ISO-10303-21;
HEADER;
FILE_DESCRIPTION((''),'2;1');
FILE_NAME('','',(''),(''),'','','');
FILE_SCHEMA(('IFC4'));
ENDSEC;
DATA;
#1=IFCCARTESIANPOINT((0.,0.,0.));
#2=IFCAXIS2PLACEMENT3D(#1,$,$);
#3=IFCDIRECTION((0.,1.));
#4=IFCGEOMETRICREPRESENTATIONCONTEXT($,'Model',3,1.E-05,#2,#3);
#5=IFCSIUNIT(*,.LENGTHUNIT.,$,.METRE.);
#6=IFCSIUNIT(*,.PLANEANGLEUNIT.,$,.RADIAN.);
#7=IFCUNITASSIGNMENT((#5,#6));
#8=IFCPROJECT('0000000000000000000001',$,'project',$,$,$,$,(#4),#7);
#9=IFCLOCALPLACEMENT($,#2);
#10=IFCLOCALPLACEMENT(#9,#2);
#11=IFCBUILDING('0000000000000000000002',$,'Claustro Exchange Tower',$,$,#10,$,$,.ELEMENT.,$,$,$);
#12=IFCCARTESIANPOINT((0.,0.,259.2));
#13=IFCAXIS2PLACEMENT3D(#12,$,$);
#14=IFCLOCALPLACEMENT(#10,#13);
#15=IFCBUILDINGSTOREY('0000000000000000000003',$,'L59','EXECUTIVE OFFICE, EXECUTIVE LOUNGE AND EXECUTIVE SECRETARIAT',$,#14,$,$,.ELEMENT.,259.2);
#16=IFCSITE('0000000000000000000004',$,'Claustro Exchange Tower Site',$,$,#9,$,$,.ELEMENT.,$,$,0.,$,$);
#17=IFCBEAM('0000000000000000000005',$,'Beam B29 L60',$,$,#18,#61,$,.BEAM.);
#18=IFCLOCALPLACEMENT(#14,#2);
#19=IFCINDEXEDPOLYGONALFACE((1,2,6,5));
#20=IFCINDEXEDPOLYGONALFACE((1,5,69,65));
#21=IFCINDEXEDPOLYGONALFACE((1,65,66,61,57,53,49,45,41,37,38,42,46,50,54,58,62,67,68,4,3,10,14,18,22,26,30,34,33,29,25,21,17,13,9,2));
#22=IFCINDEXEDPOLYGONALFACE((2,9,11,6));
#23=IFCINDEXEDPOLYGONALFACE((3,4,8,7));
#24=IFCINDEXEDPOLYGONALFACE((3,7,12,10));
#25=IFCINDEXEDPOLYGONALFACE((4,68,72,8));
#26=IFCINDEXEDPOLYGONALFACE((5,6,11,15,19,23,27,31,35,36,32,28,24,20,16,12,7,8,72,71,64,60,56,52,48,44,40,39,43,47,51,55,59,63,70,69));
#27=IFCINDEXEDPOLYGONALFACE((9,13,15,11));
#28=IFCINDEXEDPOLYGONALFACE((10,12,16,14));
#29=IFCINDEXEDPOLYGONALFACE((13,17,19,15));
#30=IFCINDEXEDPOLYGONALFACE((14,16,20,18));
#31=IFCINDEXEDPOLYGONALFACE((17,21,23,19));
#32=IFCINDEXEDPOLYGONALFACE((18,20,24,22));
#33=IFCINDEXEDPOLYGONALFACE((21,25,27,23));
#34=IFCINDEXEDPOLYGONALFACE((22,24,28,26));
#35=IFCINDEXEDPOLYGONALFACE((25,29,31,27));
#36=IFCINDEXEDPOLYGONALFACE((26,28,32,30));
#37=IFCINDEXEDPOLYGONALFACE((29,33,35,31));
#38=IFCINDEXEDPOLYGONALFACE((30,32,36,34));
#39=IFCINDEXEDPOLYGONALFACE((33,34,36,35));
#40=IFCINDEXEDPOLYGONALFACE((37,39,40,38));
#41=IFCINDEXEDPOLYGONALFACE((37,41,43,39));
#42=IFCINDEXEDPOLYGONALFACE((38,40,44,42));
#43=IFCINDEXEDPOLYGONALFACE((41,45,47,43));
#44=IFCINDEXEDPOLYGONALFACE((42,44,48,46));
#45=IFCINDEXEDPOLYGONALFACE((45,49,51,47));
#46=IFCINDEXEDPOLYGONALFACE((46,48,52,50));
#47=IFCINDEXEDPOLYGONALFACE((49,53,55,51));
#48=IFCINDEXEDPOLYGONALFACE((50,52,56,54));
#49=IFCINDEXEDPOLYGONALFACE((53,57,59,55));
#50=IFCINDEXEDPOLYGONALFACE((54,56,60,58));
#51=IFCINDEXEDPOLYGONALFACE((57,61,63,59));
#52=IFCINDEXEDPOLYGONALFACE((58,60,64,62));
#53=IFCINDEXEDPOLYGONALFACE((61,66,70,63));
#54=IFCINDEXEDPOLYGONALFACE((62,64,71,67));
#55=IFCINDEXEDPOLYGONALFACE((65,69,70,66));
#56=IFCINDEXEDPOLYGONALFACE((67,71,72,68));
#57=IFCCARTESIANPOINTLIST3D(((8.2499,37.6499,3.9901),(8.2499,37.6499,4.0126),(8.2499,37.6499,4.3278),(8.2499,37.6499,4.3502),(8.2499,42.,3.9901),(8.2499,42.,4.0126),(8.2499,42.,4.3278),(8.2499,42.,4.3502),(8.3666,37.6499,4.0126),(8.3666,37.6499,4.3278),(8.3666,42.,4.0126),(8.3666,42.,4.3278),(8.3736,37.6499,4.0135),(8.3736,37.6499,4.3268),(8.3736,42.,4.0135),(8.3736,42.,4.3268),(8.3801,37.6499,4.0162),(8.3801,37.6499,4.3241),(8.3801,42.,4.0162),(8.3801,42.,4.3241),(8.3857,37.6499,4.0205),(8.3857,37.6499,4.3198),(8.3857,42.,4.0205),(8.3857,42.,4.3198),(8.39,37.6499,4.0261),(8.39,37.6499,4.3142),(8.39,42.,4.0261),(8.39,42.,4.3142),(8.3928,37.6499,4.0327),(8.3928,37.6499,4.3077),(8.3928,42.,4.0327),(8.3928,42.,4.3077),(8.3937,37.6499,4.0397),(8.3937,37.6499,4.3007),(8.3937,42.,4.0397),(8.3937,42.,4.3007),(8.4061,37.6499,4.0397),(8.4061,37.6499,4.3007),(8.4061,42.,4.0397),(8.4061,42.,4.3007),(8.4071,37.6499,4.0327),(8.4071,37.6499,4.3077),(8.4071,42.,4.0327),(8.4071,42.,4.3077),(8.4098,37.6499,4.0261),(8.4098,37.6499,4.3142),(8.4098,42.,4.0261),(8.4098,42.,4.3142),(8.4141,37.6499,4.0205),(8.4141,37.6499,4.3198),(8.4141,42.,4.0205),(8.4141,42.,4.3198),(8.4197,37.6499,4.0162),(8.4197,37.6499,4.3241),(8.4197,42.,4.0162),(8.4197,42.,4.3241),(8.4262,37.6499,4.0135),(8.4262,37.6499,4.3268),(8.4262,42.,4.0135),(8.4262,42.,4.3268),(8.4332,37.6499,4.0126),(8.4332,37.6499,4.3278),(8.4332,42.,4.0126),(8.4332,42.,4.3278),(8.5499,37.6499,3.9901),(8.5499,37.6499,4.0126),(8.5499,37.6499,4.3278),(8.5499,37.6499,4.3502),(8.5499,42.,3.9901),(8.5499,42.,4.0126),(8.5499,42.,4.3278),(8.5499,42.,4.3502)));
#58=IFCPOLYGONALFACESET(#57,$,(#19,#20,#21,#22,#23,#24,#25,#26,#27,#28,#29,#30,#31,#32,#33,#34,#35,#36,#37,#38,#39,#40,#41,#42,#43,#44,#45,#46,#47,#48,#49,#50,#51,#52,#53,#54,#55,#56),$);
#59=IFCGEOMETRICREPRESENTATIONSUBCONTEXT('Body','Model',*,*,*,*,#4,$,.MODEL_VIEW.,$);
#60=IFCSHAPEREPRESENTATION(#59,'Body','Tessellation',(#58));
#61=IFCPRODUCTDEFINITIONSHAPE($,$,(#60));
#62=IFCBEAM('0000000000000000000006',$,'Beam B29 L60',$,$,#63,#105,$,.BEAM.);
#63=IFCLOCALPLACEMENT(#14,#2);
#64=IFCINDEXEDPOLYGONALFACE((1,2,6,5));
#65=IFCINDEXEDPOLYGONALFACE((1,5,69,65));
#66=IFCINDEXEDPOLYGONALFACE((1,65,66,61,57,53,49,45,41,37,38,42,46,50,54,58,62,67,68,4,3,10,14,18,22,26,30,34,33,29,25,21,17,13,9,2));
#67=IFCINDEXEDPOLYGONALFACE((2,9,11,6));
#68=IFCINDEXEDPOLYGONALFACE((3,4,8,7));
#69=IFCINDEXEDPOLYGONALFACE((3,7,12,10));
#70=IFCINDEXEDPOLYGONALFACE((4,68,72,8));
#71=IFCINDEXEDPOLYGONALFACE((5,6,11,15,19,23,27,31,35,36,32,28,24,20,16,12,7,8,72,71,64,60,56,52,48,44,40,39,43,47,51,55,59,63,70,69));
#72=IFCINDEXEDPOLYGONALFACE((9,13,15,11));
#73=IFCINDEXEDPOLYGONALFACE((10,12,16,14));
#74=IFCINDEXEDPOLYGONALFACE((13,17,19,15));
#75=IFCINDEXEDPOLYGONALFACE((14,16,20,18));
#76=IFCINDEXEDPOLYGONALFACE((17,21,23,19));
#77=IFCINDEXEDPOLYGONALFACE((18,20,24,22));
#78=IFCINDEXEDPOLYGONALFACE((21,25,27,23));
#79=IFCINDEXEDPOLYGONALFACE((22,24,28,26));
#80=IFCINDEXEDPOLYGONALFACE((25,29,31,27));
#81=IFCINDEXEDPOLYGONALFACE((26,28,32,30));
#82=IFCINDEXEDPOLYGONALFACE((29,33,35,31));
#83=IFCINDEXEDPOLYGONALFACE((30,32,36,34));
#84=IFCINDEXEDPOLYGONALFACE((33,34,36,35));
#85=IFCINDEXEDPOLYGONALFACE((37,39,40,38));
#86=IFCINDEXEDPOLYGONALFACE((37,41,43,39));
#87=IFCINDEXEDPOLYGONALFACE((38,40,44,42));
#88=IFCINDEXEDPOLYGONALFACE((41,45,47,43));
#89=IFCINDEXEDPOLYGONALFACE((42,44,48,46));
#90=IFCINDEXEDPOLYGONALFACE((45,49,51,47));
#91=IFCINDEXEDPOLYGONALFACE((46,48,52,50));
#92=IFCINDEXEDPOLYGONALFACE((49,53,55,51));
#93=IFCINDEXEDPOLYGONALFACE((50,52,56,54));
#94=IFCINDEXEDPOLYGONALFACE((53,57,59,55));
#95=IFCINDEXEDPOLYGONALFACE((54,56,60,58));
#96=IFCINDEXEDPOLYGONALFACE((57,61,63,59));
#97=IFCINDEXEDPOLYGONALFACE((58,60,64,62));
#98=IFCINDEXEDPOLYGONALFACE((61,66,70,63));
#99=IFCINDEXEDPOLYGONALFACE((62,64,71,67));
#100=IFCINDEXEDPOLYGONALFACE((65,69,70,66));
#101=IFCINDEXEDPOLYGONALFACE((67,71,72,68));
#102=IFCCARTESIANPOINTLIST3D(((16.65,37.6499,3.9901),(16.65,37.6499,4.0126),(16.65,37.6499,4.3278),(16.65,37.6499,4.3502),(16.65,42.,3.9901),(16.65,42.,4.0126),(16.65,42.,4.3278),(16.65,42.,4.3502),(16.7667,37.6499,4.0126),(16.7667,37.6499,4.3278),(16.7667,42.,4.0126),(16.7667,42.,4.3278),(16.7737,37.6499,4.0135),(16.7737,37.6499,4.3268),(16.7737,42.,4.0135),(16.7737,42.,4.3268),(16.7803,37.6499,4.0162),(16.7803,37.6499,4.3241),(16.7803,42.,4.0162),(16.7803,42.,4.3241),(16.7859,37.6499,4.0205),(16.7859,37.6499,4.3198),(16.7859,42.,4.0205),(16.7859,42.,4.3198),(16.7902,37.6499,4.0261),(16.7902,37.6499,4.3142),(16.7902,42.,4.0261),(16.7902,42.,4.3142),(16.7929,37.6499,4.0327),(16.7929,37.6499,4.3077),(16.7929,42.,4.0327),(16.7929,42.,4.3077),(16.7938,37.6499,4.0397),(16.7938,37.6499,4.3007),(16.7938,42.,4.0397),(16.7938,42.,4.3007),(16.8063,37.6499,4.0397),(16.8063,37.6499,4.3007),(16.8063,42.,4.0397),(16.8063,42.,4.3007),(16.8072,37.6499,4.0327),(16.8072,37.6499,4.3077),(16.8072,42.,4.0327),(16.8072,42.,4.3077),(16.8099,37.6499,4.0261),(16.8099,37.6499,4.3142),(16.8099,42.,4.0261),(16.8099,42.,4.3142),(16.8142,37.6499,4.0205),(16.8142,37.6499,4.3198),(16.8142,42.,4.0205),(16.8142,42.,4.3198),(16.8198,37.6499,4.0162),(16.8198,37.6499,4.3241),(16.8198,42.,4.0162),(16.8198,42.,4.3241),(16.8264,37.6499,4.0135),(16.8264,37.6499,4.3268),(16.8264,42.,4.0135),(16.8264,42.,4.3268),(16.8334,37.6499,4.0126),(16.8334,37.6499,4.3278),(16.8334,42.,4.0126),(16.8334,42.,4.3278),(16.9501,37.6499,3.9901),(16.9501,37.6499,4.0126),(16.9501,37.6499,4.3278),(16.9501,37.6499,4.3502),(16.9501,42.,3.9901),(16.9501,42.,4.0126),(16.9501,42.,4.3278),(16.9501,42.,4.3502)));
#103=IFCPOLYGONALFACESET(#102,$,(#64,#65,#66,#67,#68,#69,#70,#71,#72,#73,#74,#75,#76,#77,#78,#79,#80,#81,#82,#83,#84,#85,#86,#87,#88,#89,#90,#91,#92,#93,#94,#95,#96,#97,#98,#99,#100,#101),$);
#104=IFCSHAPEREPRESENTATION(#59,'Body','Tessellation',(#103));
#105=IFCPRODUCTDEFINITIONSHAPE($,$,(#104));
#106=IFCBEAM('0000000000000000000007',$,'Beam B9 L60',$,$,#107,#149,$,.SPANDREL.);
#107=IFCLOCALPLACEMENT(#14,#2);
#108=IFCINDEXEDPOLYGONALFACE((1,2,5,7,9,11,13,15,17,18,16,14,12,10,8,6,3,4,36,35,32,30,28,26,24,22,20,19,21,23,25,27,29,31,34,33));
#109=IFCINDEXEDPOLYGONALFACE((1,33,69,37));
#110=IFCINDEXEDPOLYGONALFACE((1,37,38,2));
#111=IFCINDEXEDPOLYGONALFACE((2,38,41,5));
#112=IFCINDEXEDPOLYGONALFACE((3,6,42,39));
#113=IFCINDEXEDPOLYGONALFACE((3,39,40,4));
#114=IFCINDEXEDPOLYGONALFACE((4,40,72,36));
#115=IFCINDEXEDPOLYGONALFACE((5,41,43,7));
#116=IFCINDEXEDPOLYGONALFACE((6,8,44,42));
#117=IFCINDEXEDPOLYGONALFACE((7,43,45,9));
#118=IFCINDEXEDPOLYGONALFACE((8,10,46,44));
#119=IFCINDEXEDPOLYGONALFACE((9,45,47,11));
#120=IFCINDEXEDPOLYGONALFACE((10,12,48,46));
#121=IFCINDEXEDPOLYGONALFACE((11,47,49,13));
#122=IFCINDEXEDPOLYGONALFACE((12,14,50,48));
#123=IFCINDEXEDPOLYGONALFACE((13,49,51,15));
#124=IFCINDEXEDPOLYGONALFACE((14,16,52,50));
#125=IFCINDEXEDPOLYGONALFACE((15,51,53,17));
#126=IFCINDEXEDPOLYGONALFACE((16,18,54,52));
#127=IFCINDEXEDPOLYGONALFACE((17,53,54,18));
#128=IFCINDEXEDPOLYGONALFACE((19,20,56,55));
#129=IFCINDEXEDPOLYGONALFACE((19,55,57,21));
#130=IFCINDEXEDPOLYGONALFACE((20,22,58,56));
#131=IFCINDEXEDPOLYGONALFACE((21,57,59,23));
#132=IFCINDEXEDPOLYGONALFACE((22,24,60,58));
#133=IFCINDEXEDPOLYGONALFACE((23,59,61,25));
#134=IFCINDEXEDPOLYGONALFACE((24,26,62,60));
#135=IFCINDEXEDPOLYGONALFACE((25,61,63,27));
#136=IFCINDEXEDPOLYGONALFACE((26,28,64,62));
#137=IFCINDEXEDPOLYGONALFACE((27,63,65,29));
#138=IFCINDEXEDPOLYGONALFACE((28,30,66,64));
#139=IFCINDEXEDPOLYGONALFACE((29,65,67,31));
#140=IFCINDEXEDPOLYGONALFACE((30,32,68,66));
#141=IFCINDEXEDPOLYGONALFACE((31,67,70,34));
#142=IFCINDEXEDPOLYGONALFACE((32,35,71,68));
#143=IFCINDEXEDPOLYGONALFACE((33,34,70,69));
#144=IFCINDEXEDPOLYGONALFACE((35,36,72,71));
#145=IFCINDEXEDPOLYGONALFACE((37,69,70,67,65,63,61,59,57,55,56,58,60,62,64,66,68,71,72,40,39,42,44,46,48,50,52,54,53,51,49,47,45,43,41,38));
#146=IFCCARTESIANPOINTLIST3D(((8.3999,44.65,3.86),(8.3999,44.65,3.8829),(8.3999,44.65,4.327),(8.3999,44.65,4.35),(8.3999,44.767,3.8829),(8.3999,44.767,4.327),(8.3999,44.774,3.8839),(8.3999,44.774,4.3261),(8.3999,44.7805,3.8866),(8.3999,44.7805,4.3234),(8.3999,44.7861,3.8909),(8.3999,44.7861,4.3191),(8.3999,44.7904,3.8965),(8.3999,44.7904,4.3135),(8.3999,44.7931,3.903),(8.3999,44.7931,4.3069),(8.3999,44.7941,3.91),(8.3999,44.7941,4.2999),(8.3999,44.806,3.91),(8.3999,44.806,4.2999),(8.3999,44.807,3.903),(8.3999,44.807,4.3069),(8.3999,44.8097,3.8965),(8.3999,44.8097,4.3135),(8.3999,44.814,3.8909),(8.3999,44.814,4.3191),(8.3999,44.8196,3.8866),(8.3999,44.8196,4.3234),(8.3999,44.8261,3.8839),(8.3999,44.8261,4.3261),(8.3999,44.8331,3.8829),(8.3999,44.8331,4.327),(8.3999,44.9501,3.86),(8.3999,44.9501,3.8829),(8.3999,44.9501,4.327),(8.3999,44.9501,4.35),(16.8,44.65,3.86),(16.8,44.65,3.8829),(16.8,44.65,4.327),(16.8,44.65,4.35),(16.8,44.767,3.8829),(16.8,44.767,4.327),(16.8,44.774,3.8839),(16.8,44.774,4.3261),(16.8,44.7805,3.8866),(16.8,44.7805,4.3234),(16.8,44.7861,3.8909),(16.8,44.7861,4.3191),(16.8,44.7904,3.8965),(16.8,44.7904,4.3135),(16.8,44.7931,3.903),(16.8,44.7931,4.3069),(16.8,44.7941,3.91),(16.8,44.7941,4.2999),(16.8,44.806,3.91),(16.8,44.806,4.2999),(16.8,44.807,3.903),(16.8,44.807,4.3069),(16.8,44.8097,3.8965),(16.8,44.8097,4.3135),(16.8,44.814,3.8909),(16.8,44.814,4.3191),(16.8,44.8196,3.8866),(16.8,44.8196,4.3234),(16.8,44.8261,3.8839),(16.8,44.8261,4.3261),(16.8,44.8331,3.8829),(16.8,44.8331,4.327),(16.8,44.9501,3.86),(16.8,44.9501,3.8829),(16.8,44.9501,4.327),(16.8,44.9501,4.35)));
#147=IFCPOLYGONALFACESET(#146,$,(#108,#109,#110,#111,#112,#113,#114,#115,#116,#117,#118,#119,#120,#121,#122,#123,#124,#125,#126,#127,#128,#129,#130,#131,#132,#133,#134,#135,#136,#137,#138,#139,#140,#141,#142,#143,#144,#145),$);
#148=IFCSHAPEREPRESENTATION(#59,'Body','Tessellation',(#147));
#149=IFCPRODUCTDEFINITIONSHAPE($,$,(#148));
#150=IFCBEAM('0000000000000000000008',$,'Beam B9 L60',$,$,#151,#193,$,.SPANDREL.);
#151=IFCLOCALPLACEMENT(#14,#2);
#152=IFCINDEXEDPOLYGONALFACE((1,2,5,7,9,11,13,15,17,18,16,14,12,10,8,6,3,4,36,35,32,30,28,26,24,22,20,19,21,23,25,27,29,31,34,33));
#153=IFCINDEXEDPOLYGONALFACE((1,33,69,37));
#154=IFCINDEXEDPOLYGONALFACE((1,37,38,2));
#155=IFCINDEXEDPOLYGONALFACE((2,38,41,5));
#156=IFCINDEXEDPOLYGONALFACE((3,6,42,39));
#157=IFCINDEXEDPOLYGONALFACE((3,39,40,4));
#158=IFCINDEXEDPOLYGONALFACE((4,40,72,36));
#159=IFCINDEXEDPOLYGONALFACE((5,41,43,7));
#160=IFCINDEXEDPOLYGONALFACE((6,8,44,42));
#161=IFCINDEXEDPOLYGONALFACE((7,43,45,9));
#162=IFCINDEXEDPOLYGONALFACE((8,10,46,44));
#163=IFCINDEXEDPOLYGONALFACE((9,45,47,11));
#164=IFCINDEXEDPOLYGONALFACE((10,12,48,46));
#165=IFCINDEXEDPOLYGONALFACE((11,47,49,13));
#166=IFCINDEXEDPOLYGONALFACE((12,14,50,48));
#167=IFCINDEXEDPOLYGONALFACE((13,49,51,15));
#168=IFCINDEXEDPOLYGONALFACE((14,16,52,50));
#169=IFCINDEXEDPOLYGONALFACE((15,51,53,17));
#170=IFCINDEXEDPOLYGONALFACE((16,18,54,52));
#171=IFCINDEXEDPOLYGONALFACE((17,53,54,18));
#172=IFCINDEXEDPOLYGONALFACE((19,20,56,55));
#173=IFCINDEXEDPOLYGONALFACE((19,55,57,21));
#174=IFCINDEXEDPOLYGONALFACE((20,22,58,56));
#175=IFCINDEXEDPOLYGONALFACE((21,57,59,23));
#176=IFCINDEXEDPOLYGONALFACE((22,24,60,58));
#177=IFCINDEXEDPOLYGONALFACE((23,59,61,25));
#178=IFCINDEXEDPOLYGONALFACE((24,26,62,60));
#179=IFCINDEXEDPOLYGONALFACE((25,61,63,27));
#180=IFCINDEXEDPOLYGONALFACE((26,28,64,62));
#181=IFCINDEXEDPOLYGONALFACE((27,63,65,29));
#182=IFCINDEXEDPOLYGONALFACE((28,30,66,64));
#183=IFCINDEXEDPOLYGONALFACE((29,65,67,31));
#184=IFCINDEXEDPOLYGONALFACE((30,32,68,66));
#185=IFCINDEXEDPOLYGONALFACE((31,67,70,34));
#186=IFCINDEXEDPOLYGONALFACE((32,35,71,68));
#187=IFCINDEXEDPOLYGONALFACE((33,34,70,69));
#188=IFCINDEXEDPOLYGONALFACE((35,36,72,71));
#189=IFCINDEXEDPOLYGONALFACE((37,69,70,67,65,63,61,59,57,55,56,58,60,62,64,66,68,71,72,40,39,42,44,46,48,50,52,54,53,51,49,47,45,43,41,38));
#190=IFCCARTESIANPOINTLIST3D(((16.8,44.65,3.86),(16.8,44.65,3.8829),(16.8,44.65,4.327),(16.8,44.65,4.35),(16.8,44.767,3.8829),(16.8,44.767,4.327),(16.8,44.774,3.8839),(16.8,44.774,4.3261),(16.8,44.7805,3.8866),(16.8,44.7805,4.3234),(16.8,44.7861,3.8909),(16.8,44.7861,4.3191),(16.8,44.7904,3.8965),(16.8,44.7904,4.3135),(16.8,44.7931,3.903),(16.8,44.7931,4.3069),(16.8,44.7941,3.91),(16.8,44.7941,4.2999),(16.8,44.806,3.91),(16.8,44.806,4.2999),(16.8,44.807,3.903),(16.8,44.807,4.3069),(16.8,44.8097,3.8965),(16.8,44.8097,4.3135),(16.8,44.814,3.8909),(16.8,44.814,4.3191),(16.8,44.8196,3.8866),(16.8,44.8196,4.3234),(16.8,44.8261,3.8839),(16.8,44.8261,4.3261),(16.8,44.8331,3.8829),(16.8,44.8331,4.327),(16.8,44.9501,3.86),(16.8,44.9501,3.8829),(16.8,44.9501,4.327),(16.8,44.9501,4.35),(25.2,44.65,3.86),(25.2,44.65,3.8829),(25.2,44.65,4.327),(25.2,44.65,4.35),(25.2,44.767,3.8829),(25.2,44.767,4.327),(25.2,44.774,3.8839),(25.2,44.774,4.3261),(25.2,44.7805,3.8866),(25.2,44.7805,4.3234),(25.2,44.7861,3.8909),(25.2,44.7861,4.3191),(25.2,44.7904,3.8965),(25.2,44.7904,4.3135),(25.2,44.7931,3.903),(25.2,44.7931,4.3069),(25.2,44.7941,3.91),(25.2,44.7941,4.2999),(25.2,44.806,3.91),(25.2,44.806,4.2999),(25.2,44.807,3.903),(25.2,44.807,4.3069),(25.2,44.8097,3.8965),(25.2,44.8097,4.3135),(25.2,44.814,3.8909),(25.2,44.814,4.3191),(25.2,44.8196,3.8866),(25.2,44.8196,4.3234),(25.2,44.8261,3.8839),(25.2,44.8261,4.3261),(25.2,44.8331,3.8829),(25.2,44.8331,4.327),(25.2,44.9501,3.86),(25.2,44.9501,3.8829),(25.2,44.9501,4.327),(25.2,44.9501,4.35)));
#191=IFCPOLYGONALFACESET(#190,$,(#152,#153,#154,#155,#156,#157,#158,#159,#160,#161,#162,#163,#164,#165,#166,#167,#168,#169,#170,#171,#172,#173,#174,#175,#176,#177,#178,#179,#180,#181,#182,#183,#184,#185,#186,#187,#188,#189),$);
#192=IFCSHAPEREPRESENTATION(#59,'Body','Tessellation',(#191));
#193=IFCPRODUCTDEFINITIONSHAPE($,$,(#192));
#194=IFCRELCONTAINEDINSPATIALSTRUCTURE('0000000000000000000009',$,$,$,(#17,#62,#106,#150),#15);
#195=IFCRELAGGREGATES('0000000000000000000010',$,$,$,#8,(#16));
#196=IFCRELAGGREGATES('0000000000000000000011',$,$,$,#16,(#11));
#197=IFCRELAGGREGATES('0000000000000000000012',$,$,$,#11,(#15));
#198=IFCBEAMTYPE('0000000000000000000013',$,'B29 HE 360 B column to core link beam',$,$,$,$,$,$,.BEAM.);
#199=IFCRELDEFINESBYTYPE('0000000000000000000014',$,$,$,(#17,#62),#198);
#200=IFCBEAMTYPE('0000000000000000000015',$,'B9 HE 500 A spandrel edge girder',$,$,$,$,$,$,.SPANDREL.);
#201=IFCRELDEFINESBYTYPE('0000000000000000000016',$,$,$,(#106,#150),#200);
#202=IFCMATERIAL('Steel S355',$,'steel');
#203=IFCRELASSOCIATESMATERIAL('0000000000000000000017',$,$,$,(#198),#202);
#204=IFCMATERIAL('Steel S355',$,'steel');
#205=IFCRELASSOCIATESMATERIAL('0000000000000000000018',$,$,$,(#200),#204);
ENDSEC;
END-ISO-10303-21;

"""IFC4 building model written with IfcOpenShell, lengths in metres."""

from ifc_helpers import new_model, si_unit, direction, frame, origin, origin_2d, place, context, subcontext, project, spatial, i_section, extrude, material, material_profile, profile_set, type_object, element, save


model = new_model("IFC4")

# Units and contexts
model_context = context("Model", 3, precision=1e-05, world=origin(), true_north=direction((0.0, 1.0)))
body_context = subcontext(model_context, "Body", "Model", "MODEL_VIEW")
ifc_project = project(units=[si_unit("LENGTHUNIT", "METRE"), si_unit("PLANEANGLEUNIT", "RADIAN")], contexts=[model_context])

# Site, building, storey
site_placement = place(None, origin())
site = spatial("IfcSite", under=ifc_project, at=site_placement, Name="Claustro Exchange Tower Site", CompositionType="ELEMENT", RefElevation=0.0)
building_placement = place(site_placement, origin())
building = spatial("IfcBuilding", under=site, at=building_placement, Name="Claustro Exchange Tower", CompositionType="ELEMENT")
storey_placement = place(building_placement, frame((0.0, 0.0, 259.2)))
storey = spatial("IfcBuildingStorey", under=building, at=storey_placement, Name="L59", Description="EXECUTIVE OFFICE, EXECUTIVE LOUNGE AND EXECUTIVE SECRETARIAT", CompositionType="ELEMENT", Elevation=259.2)

# Beams
ifc_material_1 = material(Name="Steel S355", Category="steel")
ifc_material_profile_1 = material_profile(ifc_material_1, i_section(OverallWidth=0.3, OverallDepth=0.3601, WebThickness=0.0125, FlangeThickness=0.0225, FilletRadius=0.0271, at=origin_2d()), Name="HE 360 B")
ifc_profile_set_1 = profile_set([ifc_material_profile_1], Name="Steel S355")
beam_type_1 = type_object("IfcBeamType", Name="B29 HE 360 B column to core link beam", PredefinedType="BEAM", material=ifc_profile_set_1)
for number, where, z_axis, x_axis, name in (
    (1, (8.3999, 37.6499, 4.1702), (0.0, 1.0, 0.0), (-1.0, 0.0, 0.0), "Beam B29 L60"),
    (2, (16.8, 37.6499, 4.1702), (0.0, 1.0, 0.0), (-1.0, 0.0, 0.0), "Beam B29 L60"),
):
    element("IfcBeam", number, at=place(storey_placement, frame(where, z_axis=z_axis, x_axis=x_axis)), inside=storey, type_object=beam_type_1, Name=name, PredefinedType="BEAM", context=body_context, shape_type="SweptSolid", body=[
        extrude(i_section(OverallWidth=0.3, OverallDepth=0.3601, WebThickness=0.0125, FlangeThickness=0.0225, FilletRadius=0.0271, at=origin_2d()), origin(), (0.0, 0.0, 1.0), 4.3501),
    ])
ifc_material_2 = material(Name="Steel S355", Category="steel")
ifc_material_profile_2 = material_profile(ifc_material_2, i_section(OverallWidth=0.3, OverallDepth=0.49, WebThickness=0.012, FlangeThickness=0.0229, FilletRadius=0.0271, at=origin_2d()), Name="HE 500 A")
ifc_profile_set_2 = profile_set([ifc_material_profile_2], Name="Steel S355")
beam_type_2 = type_object("IfcBeamType", Name="B9 HE 500 A spandrel edge girder", PredefinedType="SPANDREL", material=ifc_profile_set_2)
beam_1_placement = place(storey_placement, frame((8.3999, 44.8, 4.105), z_axis=(1.0, 0.0, 0.0), x_axis=(0.0, 1.0, 0.0)))
element("IfcBeam", 3, at=beam_1_placement, inside=storey, type_object=beam_type_2, Name="Beam B9 L60", PredefinedType="SPANDREL", context=body_context, shape_type="SweptSolid", body=[
    extrude(i_section(OverallWidth=0.3, OverallDepth=0.49, WebThickness=0.012, FlangeThickness=0.0229, FilletRadius=0.0271, at=origin_2d()), origin(), (0.0, 0.0, 1.0), 8.4001),
])
beam_2_placement = place(storey_placement, frame((16.8, 44.8, 4.105), z_axis=(1.0, 0.0, 0.0), x_axis=(0.0, 1.0, 0.0)))
element("IfcBeam", 4, at=beam_2_placement, inside=storey, type_object=beam_type_2, Name="Beam B9 L60", PredefinedType="SPANDREL", context=body_context, shape_type="SweptSolid", body=[
    extrude(i_section(OverallWidth=0.3, OverallDepth=0.49, WebThickness=0.012, FlangeThickness=0.0229, FilletRadius=0.0271, at=origin_2d()), origin(), (0.0, 0.0, 1.0), 8.3999),
])

save(model, "model.ifc")
